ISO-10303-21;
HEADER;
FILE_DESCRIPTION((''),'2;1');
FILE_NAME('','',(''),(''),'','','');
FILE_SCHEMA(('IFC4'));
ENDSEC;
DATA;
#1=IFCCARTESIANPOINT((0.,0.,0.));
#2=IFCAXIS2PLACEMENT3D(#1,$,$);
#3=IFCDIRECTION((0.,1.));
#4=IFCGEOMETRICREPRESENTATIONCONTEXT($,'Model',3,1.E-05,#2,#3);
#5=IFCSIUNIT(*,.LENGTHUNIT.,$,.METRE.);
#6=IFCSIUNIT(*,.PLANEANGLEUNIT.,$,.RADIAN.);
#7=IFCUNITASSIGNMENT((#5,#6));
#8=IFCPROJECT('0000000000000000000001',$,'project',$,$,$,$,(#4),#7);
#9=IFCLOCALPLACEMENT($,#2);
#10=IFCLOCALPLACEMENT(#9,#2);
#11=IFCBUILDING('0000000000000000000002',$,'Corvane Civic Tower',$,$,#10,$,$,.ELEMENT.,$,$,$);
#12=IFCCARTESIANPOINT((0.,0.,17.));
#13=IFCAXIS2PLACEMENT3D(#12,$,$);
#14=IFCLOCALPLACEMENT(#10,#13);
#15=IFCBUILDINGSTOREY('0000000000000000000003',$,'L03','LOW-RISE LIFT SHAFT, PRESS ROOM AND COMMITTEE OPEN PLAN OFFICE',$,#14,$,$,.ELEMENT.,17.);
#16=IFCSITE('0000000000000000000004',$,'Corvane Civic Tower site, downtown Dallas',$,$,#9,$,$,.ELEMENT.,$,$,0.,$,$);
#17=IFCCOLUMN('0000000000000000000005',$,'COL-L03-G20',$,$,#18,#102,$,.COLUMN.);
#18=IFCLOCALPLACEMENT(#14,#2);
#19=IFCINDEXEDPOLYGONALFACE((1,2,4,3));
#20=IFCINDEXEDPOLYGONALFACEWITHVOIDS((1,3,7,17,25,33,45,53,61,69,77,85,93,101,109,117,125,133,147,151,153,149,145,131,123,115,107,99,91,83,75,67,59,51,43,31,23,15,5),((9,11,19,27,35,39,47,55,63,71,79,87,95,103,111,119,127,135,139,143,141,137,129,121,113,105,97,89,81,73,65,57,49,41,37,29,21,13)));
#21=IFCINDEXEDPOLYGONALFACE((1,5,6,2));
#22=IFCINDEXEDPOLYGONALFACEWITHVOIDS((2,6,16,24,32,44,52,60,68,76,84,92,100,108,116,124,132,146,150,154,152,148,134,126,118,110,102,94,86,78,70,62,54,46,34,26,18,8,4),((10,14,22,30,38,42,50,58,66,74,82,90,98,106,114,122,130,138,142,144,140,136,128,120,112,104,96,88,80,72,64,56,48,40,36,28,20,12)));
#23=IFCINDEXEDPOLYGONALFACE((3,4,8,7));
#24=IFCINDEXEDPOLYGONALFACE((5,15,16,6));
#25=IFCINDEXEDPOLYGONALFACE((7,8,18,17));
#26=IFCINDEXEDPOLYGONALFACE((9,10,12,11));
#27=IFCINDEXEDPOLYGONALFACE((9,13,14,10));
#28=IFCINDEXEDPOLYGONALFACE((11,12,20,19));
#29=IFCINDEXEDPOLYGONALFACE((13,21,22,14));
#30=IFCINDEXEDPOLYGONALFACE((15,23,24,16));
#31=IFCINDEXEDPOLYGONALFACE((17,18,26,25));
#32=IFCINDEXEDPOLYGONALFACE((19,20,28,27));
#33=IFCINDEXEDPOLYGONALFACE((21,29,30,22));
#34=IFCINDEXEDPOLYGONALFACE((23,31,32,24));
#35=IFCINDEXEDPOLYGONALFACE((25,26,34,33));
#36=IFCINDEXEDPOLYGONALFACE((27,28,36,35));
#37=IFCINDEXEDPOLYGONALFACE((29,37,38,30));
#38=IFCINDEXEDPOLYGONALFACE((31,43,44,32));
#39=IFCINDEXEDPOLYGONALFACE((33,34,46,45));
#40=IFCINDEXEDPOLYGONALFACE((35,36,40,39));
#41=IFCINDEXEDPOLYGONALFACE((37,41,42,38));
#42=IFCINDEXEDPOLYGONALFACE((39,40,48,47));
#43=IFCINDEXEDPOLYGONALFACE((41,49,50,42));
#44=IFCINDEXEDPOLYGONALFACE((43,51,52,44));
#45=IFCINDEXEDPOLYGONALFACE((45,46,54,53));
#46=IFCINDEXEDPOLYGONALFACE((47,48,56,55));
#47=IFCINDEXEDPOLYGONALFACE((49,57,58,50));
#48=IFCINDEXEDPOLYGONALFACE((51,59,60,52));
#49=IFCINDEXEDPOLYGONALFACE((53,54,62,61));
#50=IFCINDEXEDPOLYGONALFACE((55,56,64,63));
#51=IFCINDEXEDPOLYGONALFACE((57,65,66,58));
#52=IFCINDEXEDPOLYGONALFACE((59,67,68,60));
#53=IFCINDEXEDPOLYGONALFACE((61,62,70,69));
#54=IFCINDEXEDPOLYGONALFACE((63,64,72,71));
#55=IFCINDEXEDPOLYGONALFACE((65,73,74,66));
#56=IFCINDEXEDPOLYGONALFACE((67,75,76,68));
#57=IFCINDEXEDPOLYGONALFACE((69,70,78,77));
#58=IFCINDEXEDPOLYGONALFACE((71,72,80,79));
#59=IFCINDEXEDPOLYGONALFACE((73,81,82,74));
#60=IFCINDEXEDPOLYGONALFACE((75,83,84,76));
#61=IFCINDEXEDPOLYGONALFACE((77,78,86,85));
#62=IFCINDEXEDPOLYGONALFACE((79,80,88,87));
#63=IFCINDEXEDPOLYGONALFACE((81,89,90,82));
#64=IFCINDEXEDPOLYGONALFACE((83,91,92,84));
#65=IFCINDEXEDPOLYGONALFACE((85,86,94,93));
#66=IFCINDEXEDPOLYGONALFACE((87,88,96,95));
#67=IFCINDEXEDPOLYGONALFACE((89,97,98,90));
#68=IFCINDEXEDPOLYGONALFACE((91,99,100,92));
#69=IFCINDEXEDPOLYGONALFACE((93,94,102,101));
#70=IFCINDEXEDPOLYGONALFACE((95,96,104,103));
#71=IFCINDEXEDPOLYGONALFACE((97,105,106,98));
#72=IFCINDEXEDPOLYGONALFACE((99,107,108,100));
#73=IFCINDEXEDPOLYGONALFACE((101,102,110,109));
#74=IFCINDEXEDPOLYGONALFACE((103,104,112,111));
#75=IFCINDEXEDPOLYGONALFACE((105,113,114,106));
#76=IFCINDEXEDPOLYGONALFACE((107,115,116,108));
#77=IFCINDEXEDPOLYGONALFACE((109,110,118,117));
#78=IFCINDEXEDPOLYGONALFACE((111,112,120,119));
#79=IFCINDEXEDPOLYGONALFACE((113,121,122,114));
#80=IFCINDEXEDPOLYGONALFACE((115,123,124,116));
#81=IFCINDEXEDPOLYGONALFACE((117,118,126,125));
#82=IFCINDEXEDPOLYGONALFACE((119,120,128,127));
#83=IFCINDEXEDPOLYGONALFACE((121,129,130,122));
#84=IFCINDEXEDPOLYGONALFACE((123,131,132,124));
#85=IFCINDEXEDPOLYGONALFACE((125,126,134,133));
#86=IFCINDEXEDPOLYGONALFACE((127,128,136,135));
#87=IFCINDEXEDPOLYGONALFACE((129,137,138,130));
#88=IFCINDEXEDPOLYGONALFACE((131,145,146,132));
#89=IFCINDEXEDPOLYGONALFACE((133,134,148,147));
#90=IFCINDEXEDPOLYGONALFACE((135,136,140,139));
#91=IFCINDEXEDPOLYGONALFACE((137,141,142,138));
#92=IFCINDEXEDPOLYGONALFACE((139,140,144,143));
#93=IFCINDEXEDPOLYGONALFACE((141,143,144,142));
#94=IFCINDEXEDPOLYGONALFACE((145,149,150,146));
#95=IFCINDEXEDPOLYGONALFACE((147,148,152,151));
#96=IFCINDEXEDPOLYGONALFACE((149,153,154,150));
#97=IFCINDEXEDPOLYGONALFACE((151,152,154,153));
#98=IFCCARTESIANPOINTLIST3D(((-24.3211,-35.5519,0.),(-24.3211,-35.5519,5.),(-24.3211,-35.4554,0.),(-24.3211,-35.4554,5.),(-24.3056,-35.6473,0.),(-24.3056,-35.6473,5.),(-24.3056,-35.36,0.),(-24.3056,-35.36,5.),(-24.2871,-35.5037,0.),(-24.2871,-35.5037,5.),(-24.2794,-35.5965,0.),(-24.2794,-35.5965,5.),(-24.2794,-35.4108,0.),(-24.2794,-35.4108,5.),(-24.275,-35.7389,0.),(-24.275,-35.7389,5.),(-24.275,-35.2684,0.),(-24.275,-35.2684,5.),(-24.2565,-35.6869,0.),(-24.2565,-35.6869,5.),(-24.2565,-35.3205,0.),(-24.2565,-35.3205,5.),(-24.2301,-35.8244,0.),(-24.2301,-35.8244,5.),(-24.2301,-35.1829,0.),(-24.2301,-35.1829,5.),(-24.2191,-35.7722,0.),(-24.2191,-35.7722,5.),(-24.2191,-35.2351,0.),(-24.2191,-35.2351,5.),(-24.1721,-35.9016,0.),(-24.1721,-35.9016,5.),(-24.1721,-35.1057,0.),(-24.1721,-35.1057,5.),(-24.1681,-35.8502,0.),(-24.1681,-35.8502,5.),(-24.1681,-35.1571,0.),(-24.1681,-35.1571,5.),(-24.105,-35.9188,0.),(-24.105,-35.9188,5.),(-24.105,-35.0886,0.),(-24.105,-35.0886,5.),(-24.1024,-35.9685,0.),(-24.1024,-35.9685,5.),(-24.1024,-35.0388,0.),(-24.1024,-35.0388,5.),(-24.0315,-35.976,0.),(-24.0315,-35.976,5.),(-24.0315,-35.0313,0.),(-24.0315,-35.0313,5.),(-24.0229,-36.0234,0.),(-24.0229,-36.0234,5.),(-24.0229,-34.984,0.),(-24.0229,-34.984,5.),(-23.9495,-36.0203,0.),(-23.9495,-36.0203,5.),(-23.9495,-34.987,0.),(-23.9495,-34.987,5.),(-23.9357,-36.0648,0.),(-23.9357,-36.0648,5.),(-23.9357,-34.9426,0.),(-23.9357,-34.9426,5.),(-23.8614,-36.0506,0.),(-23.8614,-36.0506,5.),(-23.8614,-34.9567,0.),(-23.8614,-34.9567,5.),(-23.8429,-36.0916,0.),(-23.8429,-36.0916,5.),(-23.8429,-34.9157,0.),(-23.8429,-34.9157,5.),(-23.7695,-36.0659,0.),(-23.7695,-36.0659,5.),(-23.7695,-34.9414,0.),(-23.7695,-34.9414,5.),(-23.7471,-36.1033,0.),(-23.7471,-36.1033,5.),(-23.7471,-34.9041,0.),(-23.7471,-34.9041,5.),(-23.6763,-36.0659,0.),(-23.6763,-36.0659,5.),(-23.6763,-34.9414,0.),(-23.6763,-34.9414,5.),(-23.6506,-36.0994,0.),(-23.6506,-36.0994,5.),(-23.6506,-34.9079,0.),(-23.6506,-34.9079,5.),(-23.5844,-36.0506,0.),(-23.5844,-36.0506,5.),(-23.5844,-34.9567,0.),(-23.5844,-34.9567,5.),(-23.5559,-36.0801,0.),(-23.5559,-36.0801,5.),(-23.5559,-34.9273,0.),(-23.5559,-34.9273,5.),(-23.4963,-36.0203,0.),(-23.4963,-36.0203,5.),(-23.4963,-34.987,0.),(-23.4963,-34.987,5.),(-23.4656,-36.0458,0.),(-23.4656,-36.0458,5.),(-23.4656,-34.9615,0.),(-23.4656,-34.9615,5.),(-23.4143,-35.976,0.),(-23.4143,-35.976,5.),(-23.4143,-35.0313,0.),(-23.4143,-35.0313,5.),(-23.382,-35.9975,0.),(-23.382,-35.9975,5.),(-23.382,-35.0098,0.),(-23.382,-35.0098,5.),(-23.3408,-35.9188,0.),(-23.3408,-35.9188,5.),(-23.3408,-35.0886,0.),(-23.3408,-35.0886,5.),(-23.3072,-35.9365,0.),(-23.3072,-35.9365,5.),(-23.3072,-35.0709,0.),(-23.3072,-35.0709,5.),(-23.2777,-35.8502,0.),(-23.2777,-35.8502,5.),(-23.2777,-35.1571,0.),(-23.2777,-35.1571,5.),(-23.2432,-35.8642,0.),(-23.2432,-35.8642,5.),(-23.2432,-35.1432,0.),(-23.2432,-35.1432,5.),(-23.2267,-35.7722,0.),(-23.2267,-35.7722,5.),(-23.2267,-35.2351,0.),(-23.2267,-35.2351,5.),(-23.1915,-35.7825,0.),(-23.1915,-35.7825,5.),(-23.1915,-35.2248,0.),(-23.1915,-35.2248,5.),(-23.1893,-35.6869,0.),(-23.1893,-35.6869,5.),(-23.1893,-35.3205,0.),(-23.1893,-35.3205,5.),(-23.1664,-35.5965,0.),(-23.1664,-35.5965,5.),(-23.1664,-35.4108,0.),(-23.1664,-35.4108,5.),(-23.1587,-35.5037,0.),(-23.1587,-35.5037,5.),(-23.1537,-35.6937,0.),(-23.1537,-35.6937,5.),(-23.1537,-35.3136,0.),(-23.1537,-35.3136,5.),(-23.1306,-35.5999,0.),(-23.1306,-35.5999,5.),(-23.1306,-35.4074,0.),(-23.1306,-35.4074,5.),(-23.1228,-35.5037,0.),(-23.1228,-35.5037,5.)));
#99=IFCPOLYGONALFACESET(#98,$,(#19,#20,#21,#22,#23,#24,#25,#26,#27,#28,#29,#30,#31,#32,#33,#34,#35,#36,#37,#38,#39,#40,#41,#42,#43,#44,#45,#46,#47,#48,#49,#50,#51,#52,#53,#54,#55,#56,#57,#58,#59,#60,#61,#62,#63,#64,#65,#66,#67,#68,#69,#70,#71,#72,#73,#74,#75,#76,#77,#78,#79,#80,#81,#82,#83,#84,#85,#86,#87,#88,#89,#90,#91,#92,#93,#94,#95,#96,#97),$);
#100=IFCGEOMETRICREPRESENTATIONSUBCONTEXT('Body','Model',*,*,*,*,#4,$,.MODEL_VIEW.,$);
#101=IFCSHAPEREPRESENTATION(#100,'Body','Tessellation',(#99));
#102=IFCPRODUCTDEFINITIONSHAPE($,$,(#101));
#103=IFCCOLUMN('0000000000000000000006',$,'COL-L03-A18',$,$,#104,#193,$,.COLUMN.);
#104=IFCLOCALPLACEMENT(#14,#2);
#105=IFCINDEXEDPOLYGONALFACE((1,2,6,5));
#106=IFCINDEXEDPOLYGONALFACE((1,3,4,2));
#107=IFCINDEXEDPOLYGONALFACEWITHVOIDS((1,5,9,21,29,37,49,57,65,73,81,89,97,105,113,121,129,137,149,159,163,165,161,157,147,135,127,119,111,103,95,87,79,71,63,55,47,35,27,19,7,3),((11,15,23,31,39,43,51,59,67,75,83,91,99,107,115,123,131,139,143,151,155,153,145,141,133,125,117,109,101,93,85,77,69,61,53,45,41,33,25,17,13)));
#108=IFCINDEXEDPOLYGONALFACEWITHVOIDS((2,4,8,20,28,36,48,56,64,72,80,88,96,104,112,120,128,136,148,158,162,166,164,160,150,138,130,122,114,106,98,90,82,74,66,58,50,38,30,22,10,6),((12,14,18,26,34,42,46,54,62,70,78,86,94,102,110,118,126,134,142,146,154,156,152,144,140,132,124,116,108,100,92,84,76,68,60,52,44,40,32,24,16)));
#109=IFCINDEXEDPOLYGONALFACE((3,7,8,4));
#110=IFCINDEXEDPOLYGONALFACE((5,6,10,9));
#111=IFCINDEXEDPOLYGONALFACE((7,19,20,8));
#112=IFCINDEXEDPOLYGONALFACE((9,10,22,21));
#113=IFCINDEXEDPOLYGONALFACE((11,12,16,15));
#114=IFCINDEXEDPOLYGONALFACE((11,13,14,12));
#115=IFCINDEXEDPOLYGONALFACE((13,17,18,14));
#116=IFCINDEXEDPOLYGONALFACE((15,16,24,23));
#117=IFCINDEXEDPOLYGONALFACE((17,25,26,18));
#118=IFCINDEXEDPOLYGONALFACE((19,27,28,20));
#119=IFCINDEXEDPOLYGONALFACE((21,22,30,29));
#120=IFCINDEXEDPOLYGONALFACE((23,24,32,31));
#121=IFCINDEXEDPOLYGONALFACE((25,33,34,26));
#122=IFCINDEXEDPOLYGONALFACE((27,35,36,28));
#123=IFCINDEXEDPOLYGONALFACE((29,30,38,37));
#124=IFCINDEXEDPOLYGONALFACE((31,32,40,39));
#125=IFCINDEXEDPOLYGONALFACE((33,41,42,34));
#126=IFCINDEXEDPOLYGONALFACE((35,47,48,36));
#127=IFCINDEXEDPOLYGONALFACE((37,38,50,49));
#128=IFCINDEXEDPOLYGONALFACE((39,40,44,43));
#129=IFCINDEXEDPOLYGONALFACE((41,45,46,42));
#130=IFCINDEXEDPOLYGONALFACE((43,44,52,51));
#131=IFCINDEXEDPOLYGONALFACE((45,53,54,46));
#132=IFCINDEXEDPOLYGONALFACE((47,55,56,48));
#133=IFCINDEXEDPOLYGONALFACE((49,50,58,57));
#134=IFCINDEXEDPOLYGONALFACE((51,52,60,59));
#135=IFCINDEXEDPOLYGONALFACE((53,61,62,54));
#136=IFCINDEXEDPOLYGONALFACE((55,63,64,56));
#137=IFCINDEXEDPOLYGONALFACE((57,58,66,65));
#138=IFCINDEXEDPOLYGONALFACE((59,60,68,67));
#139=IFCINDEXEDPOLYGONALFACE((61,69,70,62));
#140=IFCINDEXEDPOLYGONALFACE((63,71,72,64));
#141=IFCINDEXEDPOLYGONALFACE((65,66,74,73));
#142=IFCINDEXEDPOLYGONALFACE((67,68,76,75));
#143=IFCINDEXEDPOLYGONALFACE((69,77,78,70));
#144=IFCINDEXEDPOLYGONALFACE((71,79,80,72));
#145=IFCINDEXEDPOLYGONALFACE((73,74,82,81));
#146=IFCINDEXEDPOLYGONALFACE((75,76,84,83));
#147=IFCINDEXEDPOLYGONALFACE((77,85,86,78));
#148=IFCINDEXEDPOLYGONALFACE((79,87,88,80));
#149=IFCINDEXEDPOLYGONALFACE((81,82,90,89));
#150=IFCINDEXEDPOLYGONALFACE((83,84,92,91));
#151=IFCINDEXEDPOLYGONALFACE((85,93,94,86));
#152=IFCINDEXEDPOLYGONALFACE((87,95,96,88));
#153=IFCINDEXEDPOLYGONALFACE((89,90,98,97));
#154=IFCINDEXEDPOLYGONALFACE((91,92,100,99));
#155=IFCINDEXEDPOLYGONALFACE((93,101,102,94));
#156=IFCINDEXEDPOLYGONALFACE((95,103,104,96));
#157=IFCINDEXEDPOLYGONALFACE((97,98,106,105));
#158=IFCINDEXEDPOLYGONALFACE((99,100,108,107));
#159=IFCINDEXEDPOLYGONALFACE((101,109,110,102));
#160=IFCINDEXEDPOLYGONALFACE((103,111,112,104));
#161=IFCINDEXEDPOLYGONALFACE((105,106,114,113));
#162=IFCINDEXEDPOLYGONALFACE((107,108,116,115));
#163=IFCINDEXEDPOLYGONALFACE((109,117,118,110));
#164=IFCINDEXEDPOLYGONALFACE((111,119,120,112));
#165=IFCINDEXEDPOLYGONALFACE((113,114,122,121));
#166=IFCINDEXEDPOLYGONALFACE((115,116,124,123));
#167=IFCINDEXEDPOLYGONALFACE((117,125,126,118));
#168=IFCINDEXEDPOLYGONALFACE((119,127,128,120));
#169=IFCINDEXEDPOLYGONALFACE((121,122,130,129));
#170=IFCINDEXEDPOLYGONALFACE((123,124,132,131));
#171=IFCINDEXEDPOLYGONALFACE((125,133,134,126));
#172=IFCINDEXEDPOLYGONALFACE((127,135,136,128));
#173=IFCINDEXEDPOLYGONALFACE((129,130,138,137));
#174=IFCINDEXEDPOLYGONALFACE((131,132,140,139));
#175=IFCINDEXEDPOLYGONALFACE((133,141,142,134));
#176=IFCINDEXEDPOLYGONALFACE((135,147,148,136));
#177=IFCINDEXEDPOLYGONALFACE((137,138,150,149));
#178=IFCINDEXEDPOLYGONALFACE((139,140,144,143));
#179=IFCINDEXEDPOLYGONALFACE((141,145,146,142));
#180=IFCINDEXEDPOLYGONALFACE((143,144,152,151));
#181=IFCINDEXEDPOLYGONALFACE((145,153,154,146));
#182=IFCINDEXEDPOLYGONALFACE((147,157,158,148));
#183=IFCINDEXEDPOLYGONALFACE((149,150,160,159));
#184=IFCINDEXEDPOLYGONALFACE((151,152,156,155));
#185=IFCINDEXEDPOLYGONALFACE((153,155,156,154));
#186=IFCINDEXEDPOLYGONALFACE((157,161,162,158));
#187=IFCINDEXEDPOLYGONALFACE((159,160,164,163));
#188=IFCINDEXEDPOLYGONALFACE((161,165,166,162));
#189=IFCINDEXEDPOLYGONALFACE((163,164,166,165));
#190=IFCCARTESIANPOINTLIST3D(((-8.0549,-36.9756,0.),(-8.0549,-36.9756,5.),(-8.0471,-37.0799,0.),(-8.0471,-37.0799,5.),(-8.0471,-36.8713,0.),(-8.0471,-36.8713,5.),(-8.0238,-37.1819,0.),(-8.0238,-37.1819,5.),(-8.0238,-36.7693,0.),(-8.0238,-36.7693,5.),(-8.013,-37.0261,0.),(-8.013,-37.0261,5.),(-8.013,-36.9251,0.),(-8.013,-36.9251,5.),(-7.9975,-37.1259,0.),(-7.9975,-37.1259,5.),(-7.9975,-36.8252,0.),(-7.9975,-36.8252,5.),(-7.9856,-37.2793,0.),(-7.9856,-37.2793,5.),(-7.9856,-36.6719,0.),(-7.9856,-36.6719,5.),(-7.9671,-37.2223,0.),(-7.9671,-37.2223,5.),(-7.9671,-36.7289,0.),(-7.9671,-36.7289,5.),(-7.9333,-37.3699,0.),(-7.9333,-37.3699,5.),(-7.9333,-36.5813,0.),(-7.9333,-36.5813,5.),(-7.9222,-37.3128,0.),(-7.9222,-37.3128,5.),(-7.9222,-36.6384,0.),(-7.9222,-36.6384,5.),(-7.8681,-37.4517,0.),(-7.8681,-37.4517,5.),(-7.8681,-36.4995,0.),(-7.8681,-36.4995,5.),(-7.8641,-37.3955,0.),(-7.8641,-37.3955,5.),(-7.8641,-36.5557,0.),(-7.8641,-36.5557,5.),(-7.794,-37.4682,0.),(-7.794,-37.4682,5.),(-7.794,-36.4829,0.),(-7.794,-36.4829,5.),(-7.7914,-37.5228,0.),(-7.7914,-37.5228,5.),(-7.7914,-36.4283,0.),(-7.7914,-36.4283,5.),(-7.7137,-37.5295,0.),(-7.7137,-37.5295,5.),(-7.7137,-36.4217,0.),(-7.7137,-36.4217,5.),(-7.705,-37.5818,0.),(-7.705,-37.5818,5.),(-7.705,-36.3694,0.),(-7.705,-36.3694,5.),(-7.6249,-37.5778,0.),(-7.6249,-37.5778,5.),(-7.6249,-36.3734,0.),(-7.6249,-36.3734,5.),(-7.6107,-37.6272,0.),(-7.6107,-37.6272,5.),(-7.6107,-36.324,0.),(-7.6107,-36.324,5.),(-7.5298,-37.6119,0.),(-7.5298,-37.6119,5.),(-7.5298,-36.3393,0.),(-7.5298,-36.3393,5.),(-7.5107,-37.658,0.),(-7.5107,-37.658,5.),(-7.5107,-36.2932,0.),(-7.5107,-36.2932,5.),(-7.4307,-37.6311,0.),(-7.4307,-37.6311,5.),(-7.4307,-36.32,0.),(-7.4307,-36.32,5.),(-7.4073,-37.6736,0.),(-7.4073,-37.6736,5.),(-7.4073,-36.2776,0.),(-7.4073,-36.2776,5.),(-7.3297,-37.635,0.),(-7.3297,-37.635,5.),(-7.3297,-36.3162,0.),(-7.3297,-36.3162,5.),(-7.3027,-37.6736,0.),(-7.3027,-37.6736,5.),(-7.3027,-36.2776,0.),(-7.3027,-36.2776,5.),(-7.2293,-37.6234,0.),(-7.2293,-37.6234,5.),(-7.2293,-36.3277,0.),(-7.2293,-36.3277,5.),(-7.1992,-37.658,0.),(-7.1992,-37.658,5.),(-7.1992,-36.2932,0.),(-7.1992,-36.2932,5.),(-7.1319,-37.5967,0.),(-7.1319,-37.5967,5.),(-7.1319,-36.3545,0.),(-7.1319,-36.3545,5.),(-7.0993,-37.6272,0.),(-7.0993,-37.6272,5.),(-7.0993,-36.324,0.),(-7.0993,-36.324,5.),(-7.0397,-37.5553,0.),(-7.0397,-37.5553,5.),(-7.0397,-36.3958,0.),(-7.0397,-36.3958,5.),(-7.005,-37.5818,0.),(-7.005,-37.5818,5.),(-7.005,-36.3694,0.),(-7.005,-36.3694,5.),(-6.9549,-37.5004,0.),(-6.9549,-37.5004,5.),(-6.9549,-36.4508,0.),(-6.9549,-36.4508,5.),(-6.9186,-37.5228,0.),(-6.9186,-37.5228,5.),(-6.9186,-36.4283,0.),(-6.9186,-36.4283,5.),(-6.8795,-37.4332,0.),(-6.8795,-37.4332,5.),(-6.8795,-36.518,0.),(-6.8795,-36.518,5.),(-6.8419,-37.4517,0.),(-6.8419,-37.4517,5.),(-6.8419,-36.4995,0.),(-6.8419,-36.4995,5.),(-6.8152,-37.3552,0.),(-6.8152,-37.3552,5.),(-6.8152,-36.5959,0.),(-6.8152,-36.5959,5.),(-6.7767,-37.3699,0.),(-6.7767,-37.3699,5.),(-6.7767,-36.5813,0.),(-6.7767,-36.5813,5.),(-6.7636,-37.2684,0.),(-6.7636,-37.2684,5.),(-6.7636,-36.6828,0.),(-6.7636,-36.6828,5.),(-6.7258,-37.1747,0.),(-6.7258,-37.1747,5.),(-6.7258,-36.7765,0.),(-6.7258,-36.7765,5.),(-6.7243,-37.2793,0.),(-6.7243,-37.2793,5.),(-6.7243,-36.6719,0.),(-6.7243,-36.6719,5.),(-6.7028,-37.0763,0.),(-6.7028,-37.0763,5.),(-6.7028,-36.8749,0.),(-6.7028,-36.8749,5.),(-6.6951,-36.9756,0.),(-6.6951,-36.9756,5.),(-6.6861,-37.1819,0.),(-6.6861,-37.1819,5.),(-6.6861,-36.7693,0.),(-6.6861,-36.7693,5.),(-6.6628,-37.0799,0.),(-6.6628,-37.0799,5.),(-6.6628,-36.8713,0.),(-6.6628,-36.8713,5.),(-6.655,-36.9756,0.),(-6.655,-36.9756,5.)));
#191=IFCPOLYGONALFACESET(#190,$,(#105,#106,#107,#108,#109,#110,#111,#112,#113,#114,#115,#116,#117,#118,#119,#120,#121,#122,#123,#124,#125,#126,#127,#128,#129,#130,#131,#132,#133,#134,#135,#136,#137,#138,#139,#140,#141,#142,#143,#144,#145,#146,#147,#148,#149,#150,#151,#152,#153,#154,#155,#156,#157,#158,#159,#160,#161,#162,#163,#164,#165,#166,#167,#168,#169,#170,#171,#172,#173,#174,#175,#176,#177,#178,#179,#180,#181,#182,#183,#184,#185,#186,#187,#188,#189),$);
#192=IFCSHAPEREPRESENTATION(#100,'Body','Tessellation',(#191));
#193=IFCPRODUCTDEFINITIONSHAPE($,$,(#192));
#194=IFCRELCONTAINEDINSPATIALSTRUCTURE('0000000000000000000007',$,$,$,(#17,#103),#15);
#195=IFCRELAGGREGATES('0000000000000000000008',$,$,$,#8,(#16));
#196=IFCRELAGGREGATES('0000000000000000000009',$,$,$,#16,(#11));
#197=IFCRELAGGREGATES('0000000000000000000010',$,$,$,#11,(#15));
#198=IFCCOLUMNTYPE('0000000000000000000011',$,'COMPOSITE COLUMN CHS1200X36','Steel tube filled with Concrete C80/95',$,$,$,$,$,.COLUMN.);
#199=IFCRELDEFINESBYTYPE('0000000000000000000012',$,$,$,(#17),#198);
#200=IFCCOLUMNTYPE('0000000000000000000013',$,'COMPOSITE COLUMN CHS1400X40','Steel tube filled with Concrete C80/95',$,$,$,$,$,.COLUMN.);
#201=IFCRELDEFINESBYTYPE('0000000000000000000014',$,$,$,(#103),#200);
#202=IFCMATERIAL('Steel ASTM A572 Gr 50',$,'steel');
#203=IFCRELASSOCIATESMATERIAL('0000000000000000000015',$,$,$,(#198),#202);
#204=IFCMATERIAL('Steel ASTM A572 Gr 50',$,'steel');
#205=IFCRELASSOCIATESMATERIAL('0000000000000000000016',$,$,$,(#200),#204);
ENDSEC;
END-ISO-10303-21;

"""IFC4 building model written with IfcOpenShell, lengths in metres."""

from ifc_helpers import new_model, si_unit, direction, frame, origin, origin_2d, place, context, subcontext, project, spatial, hollow_circle, extrude, material, material_profile, profile_set, type_object, element, save


model = new_model("IFC4")

# Units and contexts
model_context = context("Model", 3, precision=1e-05, world=origin(), true_north=direction((0.0, 1.0)))
body_context = subcontext(model_context, "Body", "Model", "MODEL_VIEW")
ifc_project = project(units=[si_unit("LENGTHUNIT", "METRE"), si_unit("PLANEANGLEUNIT", "RADIAN")], contexts=[model_context])

# Site, building, storey
site_placement = place(None, origin())
site = spatial("IfcSite", under=ifc_project, at=site_placement, Name="Corvane Civic Tower site, downtown Dallas", CompositionType="ELEMENT", RefElevation=0.0)
building_placement = place(site_placement, origin())
building = spatial("IfcBuilding", under=site, at=building_placement, Name="Corvane Civic Tower", CompositionType="ELEMENT")
storey_placement = place(building_placement, frame((0.0, 0.0, 17.0)))
storey = spatial("IfcBuildingStorey", under=building, at=storey_placement, Name="L03", Description="LOW-RISE LIFT SHAFT, PRESS ROOM AND COMMITTEE OPEN PLAN OFFICE", CompositionType="ELEMENT", Elevation=17.0)

# Columns
ifc_material_1 = material(Name="Steel ASTM A572 Gr 50", Category="steel")
ifc_material_profile_1 = material_profile(ifc_material_1, hollow_circle(Radius=0.6001, WallThickness=0.0359, at=origin_2d()), Name="CHS1200X36")
ifc_profile_set_1 = profile_set([ifc_material_profile_1], Name="Steel ASTM A572 Gr 50")
column_type_1 = type_object("IfcColumnType", Name="COMPOSITE COLUMN CHS1200X36", Description="Steel tube filled with Concrete C80/95", PredefinedType="COLUMN", material=ifc_profile_set_1)
column_placement = place(storey_placement, frame((-23.7229, -35.5037, 0.0), z_axis=(0.0, 0.0, 1.0), x_axis=(1.0, 0.0, 0.0)))
element("IfcColumn", 1, at=column_placement, inside=storey, type_object=column_type_1, Name="COL-L03-G20", PredefinedType="COLUMN", context=body_context, shape_type="SweptSolid", body=[
    extrude(hollow_circle(Radius=0.6001, WallThickness=0.0359, at=origin_2d()), origin(), (0.0, 0.0, 1.0), 5.0),
])
ifc_material_2 = material(Name="Steel ASTM A572 Gr 50", Category="steel")
ifc_material_profile_2 = material_profile(ifc_material_2, hollow_circle(Radius=0.7, WallThickness=0.04, at=origin_2d()), Name="CHS1400X40")
ifc_profile_set_2 = profile_set([ifc_material_profile_2], Name="Steel ASTM A572 Gr 50")
column_type_2 = type_object("IfcColumnType", Name="COMPOSITE COLUMN CHS1400X40", Description="Steel tube filled with Concrete C80/95", PredefinedType="COLUMN", material=ifc_profile_set_2)
for number, where, z_axis, x_axis, name in (
    (2, (-7.355, -36.9756, 0.0), (0.0, 0.0, 1.0), (1.0, 0.0, 0.0), "COL-L03-A18"),
):
    element("IfcColumn", number, at=place(storey_placement, frame(where, z_axis=z_axis, x_axis=x_axis)), inside=storey, type_object=column_type_2, Name=name, PredefinedType="COLUMN", context=body_context, shape_type="SweptSolid", body=[
        extrude(hollow_circle(Radius=0.7, WallThickness=0.04, at=origin_2d()), origin(), (0.0, 0.0, 1.0), 5.0),
    ])

save(model, "model.ifc")
